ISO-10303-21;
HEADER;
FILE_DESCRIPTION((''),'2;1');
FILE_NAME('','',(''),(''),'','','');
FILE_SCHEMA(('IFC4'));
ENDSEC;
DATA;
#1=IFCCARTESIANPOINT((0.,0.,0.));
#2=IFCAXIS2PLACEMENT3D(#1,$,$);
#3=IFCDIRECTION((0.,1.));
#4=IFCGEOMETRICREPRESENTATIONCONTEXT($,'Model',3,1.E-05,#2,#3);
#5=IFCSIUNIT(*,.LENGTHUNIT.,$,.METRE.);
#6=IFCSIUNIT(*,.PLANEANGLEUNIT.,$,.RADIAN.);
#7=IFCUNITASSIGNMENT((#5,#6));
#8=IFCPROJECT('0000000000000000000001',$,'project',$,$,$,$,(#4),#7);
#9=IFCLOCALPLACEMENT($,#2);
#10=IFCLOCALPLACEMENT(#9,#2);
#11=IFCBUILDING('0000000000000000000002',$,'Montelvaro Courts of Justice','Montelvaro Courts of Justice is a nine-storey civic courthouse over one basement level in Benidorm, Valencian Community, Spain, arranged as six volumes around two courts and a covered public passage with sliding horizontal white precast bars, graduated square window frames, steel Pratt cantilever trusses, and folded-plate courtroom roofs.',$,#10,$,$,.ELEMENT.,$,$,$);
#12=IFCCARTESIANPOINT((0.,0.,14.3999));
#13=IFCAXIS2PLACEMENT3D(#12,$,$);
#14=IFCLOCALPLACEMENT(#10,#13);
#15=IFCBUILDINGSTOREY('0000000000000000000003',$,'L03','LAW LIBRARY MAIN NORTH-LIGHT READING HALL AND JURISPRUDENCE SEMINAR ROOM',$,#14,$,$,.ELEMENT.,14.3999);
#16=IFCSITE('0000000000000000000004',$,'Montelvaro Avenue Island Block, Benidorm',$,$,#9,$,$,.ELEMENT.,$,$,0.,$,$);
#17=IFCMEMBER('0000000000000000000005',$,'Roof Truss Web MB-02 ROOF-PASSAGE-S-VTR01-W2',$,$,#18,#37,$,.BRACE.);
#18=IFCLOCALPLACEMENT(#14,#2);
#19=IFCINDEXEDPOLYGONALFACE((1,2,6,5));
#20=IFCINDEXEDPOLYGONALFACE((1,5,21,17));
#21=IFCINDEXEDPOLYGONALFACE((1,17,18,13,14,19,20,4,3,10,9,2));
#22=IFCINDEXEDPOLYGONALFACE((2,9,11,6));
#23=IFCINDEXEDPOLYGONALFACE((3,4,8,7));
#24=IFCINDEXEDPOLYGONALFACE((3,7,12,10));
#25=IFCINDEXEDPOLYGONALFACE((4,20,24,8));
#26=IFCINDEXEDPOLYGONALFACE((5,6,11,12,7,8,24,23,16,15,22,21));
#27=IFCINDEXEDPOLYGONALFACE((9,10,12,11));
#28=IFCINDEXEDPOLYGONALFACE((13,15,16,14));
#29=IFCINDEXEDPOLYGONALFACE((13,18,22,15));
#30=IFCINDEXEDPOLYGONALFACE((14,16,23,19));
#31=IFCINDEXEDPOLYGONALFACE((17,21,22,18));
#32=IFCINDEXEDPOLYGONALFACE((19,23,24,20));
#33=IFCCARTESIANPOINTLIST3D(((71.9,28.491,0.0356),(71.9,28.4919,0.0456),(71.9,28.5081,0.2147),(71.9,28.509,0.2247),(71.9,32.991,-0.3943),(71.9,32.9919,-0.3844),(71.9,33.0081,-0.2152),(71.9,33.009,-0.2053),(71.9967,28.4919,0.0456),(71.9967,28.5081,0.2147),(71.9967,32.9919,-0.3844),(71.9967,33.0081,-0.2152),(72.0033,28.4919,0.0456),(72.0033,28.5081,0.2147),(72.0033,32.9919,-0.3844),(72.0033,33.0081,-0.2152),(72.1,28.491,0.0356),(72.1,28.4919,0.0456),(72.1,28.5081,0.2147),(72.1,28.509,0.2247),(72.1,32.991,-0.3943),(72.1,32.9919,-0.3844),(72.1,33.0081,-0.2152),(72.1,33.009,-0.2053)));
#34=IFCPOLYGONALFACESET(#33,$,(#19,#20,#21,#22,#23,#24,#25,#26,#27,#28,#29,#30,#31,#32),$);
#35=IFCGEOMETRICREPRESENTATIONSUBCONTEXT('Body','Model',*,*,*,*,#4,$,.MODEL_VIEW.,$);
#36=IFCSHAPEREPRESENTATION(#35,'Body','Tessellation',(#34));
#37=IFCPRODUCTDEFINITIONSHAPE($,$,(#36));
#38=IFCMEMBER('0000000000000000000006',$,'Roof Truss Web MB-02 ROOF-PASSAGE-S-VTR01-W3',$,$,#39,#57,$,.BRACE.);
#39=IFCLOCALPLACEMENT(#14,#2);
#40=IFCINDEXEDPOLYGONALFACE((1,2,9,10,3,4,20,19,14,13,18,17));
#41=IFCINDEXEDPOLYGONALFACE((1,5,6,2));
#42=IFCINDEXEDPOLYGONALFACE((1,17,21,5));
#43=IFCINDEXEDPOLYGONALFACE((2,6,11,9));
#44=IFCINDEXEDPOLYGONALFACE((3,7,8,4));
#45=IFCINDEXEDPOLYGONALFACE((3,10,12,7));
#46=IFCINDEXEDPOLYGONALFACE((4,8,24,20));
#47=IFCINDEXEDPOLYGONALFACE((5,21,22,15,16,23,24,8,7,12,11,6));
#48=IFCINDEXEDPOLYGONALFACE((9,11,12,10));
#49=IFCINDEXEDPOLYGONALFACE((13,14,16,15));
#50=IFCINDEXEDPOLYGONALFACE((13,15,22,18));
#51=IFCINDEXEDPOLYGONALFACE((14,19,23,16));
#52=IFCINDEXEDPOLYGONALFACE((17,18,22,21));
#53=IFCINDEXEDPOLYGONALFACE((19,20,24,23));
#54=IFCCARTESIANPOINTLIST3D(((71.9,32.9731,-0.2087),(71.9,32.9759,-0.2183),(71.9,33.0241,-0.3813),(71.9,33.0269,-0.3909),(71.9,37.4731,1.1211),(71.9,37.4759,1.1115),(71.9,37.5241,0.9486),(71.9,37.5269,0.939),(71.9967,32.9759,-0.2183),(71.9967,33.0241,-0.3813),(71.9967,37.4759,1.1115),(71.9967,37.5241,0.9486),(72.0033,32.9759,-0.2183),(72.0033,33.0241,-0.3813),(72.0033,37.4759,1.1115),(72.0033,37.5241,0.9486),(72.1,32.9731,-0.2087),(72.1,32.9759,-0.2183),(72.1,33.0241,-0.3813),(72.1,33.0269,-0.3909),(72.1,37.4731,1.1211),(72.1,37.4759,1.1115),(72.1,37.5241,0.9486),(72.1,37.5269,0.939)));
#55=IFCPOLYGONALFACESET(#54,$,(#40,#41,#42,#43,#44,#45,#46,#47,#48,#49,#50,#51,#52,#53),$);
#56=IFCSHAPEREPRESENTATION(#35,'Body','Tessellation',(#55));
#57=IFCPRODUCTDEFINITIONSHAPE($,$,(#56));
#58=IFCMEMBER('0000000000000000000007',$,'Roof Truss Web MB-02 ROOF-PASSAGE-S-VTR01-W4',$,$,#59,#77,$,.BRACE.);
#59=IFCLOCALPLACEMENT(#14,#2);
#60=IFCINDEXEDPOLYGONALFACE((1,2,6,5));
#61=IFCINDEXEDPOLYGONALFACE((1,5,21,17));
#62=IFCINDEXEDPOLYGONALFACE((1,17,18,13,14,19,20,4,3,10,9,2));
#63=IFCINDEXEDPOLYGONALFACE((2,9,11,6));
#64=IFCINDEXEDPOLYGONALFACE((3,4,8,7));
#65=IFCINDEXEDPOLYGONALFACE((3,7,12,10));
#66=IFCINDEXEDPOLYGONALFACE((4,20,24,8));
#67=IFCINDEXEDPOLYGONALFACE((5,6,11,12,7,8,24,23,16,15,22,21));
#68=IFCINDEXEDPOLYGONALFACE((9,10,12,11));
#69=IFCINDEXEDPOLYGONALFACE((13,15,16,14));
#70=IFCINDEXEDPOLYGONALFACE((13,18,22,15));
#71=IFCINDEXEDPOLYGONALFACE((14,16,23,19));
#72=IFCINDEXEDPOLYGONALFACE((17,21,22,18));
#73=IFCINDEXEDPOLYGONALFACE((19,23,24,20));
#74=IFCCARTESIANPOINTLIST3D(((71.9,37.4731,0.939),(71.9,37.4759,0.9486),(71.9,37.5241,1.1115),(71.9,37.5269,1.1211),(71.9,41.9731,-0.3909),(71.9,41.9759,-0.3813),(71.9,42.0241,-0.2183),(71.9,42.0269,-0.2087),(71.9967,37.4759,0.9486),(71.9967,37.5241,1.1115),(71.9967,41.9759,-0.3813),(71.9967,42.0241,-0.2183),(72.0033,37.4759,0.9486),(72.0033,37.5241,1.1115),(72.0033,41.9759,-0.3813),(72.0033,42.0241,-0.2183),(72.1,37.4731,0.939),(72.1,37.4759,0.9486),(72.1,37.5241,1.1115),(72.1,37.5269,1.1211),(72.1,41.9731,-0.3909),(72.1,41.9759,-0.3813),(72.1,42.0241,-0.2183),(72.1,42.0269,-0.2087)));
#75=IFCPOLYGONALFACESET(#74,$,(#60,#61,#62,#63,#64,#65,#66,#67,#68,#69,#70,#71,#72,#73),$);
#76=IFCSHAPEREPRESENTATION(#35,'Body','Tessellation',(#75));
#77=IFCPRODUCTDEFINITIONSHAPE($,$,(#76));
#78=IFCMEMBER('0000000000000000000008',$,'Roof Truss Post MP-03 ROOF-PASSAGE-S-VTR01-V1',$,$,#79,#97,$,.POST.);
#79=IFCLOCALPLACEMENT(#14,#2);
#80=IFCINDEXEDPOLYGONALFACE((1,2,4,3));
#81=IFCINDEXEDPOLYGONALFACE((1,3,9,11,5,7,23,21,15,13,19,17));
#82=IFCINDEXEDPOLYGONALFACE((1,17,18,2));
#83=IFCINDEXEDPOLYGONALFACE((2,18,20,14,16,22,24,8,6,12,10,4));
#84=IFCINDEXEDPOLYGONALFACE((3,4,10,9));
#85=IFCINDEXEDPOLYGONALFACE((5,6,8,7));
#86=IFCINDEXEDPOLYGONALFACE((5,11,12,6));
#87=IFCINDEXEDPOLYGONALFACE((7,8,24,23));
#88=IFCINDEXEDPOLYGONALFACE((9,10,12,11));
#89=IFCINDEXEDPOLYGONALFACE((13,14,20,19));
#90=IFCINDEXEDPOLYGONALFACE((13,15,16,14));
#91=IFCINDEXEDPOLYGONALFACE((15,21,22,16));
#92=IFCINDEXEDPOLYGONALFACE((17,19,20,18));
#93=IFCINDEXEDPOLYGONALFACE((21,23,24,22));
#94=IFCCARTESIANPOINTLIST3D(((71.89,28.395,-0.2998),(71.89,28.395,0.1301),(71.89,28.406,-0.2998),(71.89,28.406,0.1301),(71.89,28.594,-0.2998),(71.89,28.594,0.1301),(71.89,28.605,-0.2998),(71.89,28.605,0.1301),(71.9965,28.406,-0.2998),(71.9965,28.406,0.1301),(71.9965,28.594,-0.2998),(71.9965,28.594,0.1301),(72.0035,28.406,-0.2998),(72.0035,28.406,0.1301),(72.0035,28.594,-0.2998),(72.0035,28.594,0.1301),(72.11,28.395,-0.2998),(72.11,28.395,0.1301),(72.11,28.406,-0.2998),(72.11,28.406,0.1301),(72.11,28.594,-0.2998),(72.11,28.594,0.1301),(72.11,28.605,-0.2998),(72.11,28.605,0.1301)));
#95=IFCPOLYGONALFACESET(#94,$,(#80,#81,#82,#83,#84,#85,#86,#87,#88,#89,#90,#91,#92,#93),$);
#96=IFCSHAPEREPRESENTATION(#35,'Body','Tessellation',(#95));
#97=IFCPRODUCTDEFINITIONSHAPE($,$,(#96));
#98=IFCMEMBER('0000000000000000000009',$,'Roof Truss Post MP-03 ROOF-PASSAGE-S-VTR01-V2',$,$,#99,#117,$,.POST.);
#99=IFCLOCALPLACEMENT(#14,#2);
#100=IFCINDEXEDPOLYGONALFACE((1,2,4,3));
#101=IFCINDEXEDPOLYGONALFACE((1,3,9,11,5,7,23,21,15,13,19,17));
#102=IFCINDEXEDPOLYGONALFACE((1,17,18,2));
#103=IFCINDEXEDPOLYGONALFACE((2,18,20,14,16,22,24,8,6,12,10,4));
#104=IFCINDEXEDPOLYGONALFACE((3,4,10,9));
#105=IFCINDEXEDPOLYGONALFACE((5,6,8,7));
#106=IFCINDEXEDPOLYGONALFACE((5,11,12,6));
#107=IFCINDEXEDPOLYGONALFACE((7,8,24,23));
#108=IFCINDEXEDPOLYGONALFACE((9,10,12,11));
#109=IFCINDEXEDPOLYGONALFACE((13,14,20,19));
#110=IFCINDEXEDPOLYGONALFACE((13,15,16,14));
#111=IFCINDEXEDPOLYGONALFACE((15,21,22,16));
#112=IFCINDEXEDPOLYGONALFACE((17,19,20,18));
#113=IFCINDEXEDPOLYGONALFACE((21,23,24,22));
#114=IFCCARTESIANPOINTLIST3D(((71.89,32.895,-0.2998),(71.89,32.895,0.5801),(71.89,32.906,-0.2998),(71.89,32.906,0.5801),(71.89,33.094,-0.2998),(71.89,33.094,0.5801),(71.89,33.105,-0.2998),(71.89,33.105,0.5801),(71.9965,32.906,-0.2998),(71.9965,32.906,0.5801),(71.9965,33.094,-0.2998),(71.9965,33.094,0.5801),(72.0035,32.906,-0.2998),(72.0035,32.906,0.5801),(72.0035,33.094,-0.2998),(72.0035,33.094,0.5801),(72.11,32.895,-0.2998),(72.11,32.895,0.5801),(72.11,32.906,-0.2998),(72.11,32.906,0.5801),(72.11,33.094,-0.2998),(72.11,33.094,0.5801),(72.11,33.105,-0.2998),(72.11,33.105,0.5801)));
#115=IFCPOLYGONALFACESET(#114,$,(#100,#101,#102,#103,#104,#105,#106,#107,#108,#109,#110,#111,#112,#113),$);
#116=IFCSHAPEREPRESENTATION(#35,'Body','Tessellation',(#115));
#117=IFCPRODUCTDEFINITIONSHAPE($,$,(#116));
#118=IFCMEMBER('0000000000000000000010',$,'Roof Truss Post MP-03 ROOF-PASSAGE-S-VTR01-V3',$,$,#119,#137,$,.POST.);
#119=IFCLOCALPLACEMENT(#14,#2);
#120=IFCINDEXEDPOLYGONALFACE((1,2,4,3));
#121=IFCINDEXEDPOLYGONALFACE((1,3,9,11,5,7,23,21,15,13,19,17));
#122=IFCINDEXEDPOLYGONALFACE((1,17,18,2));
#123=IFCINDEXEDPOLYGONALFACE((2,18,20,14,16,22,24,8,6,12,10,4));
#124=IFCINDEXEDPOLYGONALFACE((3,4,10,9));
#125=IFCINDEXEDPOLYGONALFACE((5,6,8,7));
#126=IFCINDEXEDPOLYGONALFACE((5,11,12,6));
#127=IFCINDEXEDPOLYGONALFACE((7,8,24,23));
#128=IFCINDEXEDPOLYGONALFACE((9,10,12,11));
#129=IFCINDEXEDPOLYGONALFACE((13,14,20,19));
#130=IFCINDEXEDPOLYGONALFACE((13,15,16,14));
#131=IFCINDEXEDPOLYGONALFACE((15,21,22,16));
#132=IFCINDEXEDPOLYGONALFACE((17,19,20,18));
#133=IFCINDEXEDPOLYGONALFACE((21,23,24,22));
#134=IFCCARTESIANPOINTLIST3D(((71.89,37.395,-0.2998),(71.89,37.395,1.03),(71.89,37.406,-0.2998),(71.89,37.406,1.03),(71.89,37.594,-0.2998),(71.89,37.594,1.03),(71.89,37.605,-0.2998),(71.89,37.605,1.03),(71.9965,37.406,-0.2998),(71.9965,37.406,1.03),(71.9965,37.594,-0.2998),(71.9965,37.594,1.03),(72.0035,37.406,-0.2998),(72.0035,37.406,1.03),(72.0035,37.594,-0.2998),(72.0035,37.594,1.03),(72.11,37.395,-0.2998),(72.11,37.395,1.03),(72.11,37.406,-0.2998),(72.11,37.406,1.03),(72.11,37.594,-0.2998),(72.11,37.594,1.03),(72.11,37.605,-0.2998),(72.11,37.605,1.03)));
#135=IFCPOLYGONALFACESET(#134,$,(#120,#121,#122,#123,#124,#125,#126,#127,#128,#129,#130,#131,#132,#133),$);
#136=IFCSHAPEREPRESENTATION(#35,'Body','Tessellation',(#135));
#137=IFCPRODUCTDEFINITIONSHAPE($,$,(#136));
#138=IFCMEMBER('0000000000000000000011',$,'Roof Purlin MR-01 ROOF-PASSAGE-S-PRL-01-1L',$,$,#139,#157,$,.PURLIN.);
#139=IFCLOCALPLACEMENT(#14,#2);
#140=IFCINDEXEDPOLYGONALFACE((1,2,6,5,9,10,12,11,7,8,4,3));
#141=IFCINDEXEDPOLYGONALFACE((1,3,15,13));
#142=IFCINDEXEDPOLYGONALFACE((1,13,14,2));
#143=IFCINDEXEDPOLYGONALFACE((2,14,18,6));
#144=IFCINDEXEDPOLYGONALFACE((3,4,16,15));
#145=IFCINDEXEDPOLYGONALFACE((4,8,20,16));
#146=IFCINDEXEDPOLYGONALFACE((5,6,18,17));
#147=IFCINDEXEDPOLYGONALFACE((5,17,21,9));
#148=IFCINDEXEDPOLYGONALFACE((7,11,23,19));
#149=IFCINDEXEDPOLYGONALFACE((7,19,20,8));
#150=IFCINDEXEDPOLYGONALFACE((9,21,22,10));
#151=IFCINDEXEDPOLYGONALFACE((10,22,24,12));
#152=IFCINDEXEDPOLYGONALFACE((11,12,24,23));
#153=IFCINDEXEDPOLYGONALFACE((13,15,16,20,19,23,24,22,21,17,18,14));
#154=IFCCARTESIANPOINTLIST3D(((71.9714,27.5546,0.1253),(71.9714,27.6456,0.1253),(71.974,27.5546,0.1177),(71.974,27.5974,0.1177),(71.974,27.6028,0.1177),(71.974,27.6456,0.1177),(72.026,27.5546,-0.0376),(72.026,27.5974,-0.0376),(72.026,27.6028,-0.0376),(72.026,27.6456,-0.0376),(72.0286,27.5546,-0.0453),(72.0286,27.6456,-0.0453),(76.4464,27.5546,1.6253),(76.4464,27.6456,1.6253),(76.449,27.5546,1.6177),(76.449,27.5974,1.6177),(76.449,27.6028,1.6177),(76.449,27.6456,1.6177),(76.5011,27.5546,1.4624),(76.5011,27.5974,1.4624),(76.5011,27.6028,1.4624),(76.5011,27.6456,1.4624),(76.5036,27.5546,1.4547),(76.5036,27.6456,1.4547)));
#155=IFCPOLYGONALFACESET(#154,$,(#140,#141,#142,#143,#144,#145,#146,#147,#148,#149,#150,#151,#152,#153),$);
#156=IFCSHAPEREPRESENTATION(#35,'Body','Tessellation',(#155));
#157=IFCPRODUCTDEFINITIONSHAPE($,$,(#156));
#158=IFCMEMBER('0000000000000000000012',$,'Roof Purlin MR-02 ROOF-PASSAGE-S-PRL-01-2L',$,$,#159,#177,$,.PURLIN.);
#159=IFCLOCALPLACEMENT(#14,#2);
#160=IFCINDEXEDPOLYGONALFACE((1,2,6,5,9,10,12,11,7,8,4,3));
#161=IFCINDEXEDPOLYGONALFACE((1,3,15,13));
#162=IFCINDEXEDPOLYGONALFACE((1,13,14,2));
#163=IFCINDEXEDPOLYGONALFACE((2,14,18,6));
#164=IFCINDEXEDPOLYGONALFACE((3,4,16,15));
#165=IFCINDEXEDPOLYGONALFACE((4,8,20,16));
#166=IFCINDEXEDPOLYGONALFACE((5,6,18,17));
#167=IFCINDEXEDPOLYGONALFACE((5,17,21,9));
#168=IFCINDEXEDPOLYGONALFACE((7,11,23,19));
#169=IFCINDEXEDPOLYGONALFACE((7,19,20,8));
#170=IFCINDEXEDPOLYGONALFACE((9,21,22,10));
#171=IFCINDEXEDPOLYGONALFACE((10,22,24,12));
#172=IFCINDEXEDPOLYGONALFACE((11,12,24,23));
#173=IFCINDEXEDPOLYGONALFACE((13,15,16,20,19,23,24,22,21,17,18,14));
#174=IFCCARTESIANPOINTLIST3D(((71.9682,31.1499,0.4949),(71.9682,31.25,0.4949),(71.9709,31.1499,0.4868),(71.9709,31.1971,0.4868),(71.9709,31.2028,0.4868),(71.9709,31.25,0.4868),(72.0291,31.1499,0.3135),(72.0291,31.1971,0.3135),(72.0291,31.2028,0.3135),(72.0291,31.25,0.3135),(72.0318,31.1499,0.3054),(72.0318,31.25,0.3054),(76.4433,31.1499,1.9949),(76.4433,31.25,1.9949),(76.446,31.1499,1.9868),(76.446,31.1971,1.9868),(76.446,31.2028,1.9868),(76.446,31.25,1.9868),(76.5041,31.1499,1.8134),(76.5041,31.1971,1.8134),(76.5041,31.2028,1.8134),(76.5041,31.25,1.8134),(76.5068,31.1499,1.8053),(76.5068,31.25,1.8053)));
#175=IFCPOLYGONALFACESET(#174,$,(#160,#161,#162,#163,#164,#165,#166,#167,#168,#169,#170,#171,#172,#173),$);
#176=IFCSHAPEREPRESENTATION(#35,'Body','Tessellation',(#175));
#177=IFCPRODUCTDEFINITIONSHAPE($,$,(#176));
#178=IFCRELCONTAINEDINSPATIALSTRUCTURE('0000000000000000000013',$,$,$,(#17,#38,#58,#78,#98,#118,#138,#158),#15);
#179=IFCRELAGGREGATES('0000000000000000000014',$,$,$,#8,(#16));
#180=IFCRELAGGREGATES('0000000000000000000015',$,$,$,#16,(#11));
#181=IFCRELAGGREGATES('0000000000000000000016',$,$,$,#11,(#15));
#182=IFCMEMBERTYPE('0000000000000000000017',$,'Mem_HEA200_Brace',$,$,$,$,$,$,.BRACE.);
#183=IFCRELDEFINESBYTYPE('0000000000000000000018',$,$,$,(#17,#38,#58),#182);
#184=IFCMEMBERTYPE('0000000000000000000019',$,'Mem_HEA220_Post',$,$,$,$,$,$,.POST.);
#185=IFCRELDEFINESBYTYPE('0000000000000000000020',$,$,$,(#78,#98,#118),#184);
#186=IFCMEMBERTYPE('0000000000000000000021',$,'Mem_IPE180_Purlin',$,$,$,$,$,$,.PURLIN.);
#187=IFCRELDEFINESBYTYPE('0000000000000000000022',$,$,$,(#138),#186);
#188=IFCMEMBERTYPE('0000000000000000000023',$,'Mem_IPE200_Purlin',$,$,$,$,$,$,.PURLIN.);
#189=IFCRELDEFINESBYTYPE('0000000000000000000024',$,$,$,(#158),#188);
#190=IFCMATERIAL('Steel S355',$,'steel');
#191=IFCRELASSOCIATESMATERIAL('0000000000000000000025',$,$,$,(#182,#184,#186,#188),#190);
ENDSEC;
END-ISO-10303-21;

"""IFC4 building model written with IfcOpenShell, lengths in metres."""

from ifc_helpers import new_model, si_unit, direction, frame, origin, origin_2d, place, context, subcontext, project, spatial, i_section, extrude, material, material_profile, profile_set, type_object, element, save


model = new_model("IFC4")

# Units and contexts
model_context = context("Model", 3, precision=1e-05, world=origin(), true_north=direction((0.0, 1.0)))
body_context = subcontext(model_context, "Body", "Model", "MODEL_VIEW")
ifc_project = project(units=[si_unit("LENGTHUNIT", "METRE"), si_unit("PLANEANGLEUNIT", "RADIAN")], contexts=[model_context])

# Site, building, storey
site_placement = place(None, origin())
site = spatial("IfcSite", under=ifc_project, at=site_placement, Name="Montelvaro Avenue Island Block, Benidorm", CompositionType="ELEMENT", RefElevation=0.0)
building_placement = place(site_placement, origin())
building = spatial("IfcBuilding", under=site, at=building_placement, Name="Montelvaro Courts of Justice", Description="Montelvaro Courts of Justice is a nine-storey civic courthouse over one basement level in Benidorm, Valencian Community, Spain, arranged as six volumes around two courts and a covered public passage with sliding horizontal white precast bars, graduated square window frames, steel Pratt cantilever trusses, and folded-plate courtroom roofs.", CompositionType="ELEMENT")
storey_placement = place(building_placement, frame((0.0, 0.0, 14.3999)))
storey = spatial("IfcBuildingStorey", under=building, at=storey_placement, Name="L03", Description="LAW LIBRARY MAIN NORTH-LIGHT READING HALL AND JURISPRUDENCE SEMINAR ROOM", CompositionType="ELEMENT", Elevation=14.3999)

# Members
ifc_material = material(Name="Steel S355", Category="steel")
ifc_material_profile_1 = material_profile(ifc_material, i_section(OverallWidth=0.2, OverallDepth=0.1899, WebThickness=0.0066, FlangeThickness=0.01, at=origin_2d()), Name="HEA 200")
ifc_profile_set_1 = profile_set([ifc_material_profile_1], Name="Steel S355")
member_type_1 = type_object("IfcMemberType", Name="Mem_HEA200_Brace", PredefinedType="BRACE", material=ifc_profile_set_1)
member_1_placement = place(storey_placement, frame((72.0, 28.5, 0.1301), z_axis=(0.0, 0.995467, -0.095107), x_axis=(-1.0, 0.0, 0.0)))
element("IfcMember", 1, at=member_1_placement, inside=storey, type_object=member_type_1, Name="Roof Truss Web MB-02 ROOF-PASSAGE-S-VTR01-W2", PredefinedType="BRACE", context=body_context, shape_type="SweptSolid", body=[
    extrude(i_section(OverallWidth=0.2, OverallDepth=0.1899, WebThickness=0.0066, FlangeThickness=0.01, at=origin_2d()), origin(), (0.0, 0.0, 1.0), 4.5205),
])
for number, where, z_axis, x_axis, name in (
    (2, (72.0, 33.0, -0.2998), (0.0, 0.959001, 0.283403), (-1.0, 0.0, 0.0), "Roof Truss Web MB-02 ROOF-PASSAGE-S-VTR01-W3"),
    (3, (72.0, 37.5, 1.03), (0.0, 0.959001, -0.283403), (-1.0, 0.0, 0.0), "Roof Truss Web MB-02 ROOF-PASSAGE-S-VTR01-W4"),
):
    element("IfcMember", number, at=place(storey_placement, frame(where, z_axis=z_axis, x_axis=x_axis)), inside=storey, type_object=member_type_1, Name=name, PredefinedType="BRACE", context=body_context, shape_type="SweptSolid", body=[
        extrude(i_section(OverallWidth=0.2, OverallDepth=0.1899, WebThickness=0.0066, FlangeThickness=0.01, at=origin_2d()), origin(), (0.0, 0.0, 1.0), 4.6924),
    ])
ifc_material_profile_2 = material_profile(ifc_material, i_section(OverallWidth=0.22, OverallDepth=0.21, WebThickness=0.0071, FlangeThickness=0.011, at=origin_2d()), Name="HEA 220")
ifc_profile_set_2 = profile_set([ifc_material_profile_2], Name="Steel S355")
member_type_2 = type_object("IfcMemberType", Name="Mem_HEA220_Post", PredefinedType="POST", material=ifc_profile_set_2)
member_2_placement = place(storey_placement, frame((72.0, 28.5, -0.2998), z_axis=(0.0, 0.0, 1.0), x_axis=(1.0, 0.0, 0.0)))
element("IfcMember", 4, at=member_2_placement, inside=storey, type_object=member_type_2, Name="Roof Truss Post MP-03 ROOF-PASSAGE-S-VTR01-V1", PredefinedType="POST", context=body_context, shape_type="SweptSolid", body=[
    extrude(i_section(OverallWidth=0.22, OverallDepth=0.21, WebThickness=0.0071, FlangeThickness=0.011, at=origin_2d()), origin(), (0.0, 0.0, 1.0), 0.4299),
])
member_3_placement = place(storey_placement, frame((72.0, 33.0, -0.2998), z_axis=(0.0, 0.0, 1.0), x_axis=(1.0, 0.0, 0.0)))
element("IfcMember", 5, at=member_3_placement, inside=storey, type_object=member_type_2, Name="Roof Truss Post MP-03 ROOF-PASSAGE-S-VTR01-V2", PredefinedType="POST", context=body_context, shape_type="SweptSolid", body=[
    extrude(i_section(OverallWidth=0.22, OverallDepth=0.21, WebThickness=0.0071, FlangeThickness=0.011, at=origin_2d()), origin(), (0.0, 0.0, 1.0), 0.8799),
])
member_4_placement = place(storey_placement, frame((72.0, 37.5, -0.2998), z_axis=(0.0, 0.0, 1.0), x_axis=(1.0, 0.0, 0.0)))
element("IfcMember", 6, at=member_4_placement, inside=storey, type_object=member_type_2, Name="Roof Truss Post MP-03 ROOF-PASSAGE-S-VTR01-V3", PredefinedType="POST", context=body_context, shape_type="SweptSolid", body=[
    extrude(i_section(OverallWidth=0.22, OverallDepth=0.21, WebThickness=0.0071, FlangeThickness=0.011, at=origin_2d()), origin(), (0.0, 0.0, 1.0), 1.3298),
])
ifc_material_profile_3 = material_profile(ifc_material, i_section(OverallWidth=0.0911, OverallDepth=0.1799, WebThickness=0.0054, FlangeThickness=0.0081, at=origin_2d()), Name="IPE 180")
ifc_profile_set_3 = profile_set([ifc_material_profile_3], Name="Steel S355")
member_type_3 = type_object("IfcMemberType", Name="Mem_IPE180_Purlin", PredefinedType="PURLIN", material=ifc_profile_set_3)
member_5_placement = place(storey_placement, frame((72.0, 27.6001, 0.04), z_axis=(0.948154, 0.0, 0.31781), x_axis=(0.0, 1.0, 0.0)))
element("IfcMember", 7, at=member_5_placement, inside=storey, type_object=member_type_3, Name="Roof Purlin MR-01 ROOF-PASSAGE-S-PRL-01-1L", PredefinedType="PURLIN", context=body_context, shape_type="SweptSolid", body=[
    extrude(i_section(OverallWidth=0.0911, OverallDepth=0.1799, WebThickness=0.0054, FlangeThickness=0.0081, at=origin_2d()), origin(), (0.0, 0.0, 1.0), 4.7197),
])
ifc_material_profile_4 = material_profile(ifc_material, i_section(OverallWidth=0.1001, OverallDepth=0.2, WebThickness=0.0056, FlangeThickness=0.0085, at=origin_2d()), Name="IPE 200")
ifc_profile_set_4 = profile_set([ifc_material_profile_4], Name="Steel S355")
member_type_4 = type_object("IfcMemberType", Name="Mem_IPE200_Purlin", PredefinedType="PURLIN", material=ifc_profile_set_4)
member_6_placement = place(storey_placement, frame((72.0, 31.2, 0.4001), z_axis=(0.948154, 0.0, 0.31781), x_axis=(0.0, 1.0, 0.0)))
element("IfcMember", 8, at=member_6_placement, inside=storey, type_object=member_type_4, Name="Roof Purlin MR-02 ROOF-PASSAGE-S-PRL-01-2L", PredefinedType="PURLIN", context=body_context, shape_type="SweptSolid", body=[
    extrude(i_section(OverallWidth=0.1001, OverallDepth=0.2, WebThickness=0.0056, FlangeThickness=0.0085, at=origin_2d()), origin(), (0.0, 0.0, 1.0), 4.7197),
])

save(model, "model.ifc")
